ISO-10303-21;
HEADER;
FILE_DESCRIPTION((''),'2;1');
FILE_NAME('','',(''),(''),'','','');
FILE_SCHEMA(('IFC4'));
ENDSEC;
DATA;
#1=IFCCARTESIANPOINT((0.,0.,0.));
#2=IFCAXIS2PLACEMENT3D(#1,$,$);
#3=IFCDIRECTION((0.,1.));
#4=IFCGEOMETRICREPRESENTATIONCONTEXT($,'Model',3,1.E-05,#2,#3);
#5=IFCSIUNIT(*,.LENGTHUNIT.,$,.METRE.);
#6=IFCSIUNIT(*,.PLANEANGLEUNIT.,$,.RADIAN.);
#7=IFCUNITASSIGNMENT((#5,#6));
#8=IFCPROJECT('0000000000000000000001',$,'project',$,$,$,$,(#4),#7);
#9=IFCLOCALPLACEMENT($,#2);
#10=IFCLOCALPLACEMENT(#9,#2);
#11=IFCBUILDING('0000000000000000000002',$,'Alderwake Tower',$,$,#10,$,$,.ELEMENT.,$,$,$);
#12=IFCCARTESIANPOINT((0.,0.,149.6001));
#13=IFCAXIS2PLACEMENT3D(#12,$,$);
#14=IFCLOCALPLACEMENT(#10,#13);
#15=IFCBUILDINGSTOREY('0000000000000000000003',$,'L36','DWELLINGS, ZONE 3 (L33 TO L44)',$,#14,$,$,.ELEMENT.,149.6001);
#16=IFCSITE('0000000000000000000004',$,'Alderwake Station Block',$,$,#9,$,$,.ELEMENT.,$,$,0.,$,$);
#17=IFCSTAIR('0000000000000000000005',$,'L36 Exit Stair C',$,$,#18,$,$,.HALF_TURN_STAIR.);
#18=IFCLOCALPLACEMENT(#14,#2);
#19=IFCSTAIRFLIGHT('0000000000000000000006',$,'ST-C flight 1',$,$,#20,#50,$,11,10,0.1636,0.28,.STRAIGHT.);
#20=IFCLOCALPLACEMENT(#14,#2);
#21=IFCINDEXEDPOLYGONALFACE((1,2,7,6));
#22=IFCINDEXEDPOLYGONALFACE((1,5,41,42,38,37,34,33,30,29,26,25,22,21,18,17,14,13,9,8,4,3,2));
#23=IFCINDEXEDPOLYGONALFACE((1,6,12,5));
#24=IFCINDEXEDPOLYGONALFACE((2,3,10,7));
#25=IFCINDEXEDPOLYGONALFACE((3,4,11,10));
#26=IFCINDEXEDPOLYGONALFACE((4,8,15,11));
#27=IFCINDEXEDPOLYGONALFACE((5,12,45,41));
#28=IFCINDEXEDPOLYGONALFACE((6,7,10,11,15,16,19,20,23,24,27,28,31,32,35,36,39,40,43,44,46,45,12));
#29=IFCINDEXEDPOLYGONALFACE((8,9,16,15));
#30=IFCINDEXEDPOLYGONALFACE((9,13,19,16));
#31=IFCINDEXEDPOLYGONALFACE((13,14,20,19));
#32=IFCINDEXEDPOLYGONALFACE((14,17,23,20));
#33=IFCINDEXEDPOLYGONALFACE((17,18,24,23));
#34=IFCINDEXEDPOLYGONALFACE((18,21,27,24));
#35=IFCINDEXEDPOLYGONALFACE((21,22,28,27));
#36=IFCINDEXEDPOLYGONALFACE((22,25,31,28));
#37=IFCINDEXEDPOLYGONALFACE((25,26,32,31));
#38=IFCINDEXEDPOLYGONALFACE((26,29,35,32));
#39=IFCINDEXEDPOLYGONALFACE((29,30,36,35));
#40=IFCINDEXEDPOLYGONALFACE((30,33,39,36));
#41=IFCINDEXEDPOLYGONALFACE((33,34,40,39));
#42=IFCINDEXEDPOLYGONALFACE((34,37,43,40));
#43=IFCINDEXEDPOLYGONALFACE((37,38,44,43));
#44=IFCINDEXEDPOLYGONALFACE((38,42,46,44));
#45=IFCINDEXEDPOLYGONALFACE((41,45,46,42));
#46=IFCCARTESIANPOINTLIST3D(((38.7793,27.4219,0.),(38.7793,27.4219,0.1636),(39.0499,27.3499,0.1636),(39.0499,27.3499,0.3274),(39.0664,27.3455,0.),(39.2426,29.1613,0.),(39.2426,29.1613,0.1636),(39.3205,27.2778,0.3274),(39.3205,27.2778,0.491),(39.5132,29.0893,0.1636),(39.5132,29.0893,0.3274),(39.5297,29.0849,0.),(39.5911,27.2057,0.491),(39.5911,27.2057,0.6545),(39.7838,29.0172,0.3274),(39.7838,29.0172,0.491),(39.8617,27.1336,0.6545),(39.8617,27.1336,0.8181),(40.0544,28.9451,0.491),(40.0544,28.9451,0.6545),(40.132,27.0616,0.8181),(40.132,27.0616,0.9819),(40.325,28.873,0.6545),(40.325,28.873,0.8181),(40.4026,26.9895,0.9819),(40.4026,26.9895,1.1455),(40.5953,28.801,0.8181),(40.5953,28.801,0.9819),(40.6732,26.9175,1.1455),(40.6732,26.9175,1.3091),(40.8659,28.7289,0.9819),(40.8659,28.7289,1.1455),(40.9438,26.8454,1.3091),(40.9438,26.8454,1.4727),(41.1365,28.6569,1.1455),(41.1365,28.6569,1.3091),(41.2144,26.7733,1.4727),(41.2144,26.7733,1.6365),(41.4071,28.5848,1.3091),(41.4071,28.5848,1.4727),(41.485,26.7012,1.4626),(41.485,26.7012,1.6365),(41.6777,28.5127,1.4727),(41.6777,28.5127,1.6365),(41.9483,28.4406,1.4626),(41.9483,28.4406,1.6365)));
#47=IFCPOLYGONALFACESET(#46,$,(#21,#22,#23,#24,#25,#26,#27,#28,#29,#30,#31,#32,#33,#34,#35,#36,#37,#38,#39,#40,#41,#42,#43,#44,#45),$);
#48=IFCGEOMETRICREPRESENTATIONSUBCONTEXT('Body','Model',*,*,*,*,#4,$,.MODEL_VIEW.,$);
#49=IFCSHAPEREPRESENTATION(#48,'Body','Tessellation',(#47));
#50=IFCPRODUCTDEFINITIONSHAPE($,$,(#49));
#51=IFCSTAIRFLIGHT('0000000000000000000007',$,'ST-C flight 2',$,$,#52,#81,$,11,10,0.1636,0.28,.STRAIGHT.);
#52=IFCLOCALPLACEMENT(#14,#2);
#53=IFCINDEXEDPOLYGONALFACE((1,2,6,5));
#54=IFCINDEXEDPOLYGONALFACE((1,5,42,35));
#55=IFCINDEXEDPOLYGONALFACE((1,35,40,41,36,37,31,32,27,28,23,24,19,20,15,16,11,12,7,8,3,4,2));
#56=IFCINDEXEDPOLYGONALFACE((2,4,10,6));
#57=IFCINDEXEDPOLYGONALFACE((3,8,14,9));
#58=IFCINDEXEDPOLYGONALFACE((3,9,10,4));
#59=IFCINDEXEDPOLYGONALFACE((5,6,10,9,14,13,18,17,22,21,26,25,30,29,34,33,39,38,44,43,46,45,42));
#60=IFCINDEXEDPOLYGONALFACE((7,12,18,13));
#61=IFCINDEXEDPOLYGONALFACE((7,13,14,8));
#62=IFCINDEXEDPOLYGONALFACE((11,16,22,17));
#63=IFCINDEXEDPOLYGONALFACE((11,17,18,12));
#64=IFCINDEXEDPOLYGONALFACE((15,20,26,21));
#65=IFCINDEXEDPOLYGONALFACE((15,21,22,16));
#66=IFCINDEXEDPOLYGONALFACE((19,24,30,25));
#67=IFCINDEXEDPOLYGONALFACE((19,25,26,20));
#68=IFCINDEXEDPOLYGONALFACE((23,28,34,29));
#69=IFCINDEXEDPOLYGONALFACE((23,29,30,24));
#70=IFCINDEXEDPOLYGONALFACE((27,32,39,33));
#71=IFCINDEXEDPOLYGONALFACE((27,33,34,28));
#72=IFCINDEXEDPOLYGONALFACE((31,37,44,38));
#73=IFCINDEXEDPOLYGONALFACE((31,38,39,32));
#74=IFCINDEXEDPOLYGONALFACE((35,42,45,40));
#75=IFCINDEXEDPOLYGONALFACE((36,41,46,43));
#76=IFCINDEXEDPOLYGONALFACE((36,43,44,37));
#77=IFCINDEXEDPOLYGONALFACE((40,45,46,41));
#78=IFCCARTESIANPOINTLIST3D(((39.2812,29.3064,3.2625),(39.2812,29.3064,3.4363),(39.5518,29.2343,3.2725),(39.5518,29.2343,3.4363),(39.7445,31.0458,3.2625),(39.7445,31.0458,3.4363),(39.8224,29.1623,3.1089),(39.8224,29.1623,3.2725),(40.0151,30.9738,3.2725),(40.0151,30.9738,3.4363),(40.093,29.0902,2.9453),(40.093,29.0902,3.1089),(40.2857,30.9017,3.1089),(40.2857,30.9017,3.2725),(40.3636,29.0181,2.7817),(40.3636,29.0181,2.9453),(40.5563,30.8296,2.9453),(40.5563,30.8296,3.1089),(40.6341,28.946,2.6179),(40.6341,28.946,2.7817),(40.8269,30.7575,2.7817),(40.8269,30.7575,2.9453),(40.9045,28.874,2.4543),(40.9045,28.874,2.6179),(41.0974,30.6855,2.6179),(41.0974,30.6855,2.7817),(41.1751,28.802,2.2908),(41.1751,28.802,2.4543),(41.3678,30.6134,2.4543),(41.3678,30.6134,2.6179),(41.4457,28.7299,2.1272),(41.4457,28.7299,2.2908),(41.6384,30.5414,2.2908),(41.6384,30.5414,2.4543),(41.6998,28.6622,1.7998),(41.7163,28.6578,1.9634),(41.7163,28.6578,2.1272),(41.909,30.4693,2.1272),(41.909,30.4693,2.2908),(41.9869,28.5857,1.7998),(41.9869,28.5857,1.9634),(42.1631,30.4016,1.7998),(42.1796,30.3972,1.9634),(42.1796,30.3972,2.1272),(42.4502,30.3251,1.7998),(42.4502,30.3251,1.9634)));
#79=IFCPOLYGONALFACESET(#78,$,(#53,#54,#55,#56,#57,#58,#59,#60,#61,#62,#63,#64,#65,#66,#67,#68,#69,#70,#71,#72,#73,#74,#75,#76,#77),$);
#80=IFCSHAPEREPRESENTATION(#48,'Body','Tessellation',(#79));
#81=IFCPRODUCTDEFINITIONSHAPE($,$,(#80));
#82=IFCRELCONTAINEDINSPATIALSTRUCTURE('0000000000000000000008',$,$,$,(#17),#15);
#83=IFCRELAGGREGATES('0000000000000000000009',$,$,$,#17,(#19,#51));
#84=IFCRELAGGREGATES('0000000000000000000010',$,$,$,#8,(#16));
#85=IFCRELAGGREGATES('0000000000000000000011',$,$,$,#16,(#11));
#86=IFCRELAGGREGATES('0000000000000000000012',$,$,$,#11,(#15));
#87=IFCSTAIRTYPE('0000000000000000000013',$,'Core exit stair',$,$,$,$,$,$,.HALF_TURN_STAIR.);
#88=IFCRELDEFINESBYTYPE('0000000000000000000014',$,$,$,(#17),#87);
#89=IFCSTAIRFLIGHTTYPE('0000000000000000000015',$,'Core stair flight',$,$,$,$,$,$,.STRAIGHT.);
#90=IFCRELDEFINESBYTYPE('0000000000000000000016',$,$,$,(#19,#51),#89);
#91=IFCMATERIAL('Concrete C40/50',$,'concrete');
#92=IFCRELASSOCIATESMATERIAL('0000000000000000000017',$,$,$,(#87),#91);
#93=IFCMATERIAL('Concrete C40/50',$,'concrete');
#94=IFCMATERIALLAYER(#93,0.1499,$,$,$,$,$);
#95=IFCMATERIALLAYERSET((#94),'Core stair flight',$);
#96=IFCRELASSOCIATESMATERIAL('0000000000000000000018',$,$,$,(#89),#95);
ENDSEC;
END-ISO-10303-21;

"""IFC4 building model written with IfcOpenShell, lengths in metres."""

from ifc_helpers import new_model, si_unit, direction, frame, origin, place, context, subcontext, project, spatial, polyline, outline, extrude, material, layer, layer_set, type_object, element, aggregate, save


model = new_model("IFC4")

# Units and contexts
model_context = context("Model", 3, precision=1e-05, world=origin(), true_north=direction((0.0, 1.0)))
body_context = subcontext(model_context, "Body", "Model", "MODEL_VIEW")
ifc_project = project(units=[si_unit("LENGTHUNIT", "METRE"), si_unit("PLANEANGLEUNIT", "RADIAN")], contexts=[model_context])

# Site, building, storey
site_placement = place(None, origin())
site = spatial("IfcSite", under=ifc_project, at=site_placement, Name="Alderwake Station Block", CompositionType="ELEMENT", RefElevation=0.0)
building_placement = place(site_placement, origin())
building = spatial("IfcBuilding", under=site, at=building_placement, Name="Alderwake Tower", CompositionType="ELEMENT")
storey_placement = place(building_placement, frame((0.0, 0.0, 149.6001)))
storey = spatial("IfcBuildingStorey", under=building, at=storey_placement, Name="L36", Description="DWELLINGS, ZONE 3 (L33 TO L44)", CompositionType="ELEMENT", Elevation=149.6001)

# Stair, stair flights
ifc_material_1 = material(Name="Concrete C40/50", Category="concrete")
stair_type = type_object("IfcStairType", Name="Core exit stair", PredefinedType="HALF_TURN_STAIR", material=ifc_material_1)
stair_placement = place(storey_placement, origin())
stair = element("IfcStair", 1, at=stair_placement, inside=storey, type_object=stair_type, Name="L36 Exit Stair C", PredefinedType="HALF_TURN_STAIR")
ifc_material_2 = material(Name="Concrete C40/50", Category="concrete")
ifc_layer_1 = layer(ifc_material_2, 0.1499)
ifc_layer_set_1 = layer_set([ifc_layer_1], Name="Core stair flight")
stair_flight_type = type_object("IfcStairFlightType", Name="Core stair flight", PredefinedType="STRAIGHT", material=ifc_layer_set_1)
stair_flight_1_placement = place(storey_placement, frame((39.011, 28.2917, 0.0), z_axis=(0.0, 0.0, 1.0), x_axis=(0.96631, -0.257382, 0.0)))
stair_flight_1 = element("IfcStairFlight", 2, at=stair_flight_1_placement, type_object=stair_flight_type, Name="ST-C flight 1", NumberOfRisers=11, NumberOfTreads=10, PredefinedType="STRAIGHT", RiserHeight=0.1636, TreadLength=0.28, context=body_context, shape_type="SweptSolid", body=[
    extrude(outline(polyline([(0.0, 0.0), (0.0, 0.1636), (0.28, 0.1636), (0.28, 0.3274), (0.5601, 0.3274), (0.5601, 0.491), (0.8401, 0.491), (0.8401, 0.6545), (1.1201, 0.6545), (1.1201, 0.8181), (1.3999, 0.8181), (1.3999, 0.9819), (1.6799, 0.9819), (1.6799, 1.1455), (1.96, 1.1455), (1.96, 1.3091), (2.24, 1.3091), (2.24, 1.4727), (2.52, 1.4727), (2.52, 1.6365), (2.8, 1.6365), (2.8, 1.8), (2.8, 1.4626), (0.2971, 0.0), (0.0, 0.0)])), frame((0.0, 0.8999, 0.0), z_axis=(0.0, -1.0, 0.0), x_axis=(1.0, 0.0, 0.0)), (0.0, 0.0, 1.0), 1.8),
])
stair_flight_2_placement = place(storey_placement, frame((42.2185, 29.4553, 1.7998), z_axis=(0.0, 0.0, 1.0), x_axis=(-0.96631, 0.257382, 0.0)))
stair_flight_2 = element("IfcStairFlight", 3, at=stair_flight_2_placement, type_object=stair_flight_type, Name="ST-C flight 2", NumberOfRisers=11, NumberOfTreads=10, PredefinedType="STRAIGHT", RiserHeight=0.1636, TreadLength=0.28, context=body_context, shape_type="SweptSolid", body=[
    extrude(outline(polyline([(0.0, 0.0), (0.0, 0.1636), (0.28, 0.1636), (0.28, 0.3274), (0.5601, 0.3274), (0.5601, 0.491), (0.8401, 0.491), (0.8401, 0.6545), (1.1201, 0.6545), (1.1201, 0.8181), (1.3999, 0.8181), (1.3999, 0.9819), (1.6799, 0.9819), (1.6799, 1.1455), (1.96, 1.1455), (1.96, 1.3091), (2.24, 1.3091), (2.24, 1.4727), (2.52, 1.4727), (2.52, 1.6365), (2.8, 1.6365), (2.8, 1.8), (2.8, 1.4626), (0.2971, 0.0), (0.0, 0.0)])), frame((0.0, 0.8999, 0.0), z_axis=(0.0, -1.0, 0.0), x_axis=(1.0, 0.0, 0.0)), (0.0, 0.0, 1.0), 1.8),
])
aggregate(stair, [stair_flight_1, stair_flight_2])

save(model, "model.ifc")
